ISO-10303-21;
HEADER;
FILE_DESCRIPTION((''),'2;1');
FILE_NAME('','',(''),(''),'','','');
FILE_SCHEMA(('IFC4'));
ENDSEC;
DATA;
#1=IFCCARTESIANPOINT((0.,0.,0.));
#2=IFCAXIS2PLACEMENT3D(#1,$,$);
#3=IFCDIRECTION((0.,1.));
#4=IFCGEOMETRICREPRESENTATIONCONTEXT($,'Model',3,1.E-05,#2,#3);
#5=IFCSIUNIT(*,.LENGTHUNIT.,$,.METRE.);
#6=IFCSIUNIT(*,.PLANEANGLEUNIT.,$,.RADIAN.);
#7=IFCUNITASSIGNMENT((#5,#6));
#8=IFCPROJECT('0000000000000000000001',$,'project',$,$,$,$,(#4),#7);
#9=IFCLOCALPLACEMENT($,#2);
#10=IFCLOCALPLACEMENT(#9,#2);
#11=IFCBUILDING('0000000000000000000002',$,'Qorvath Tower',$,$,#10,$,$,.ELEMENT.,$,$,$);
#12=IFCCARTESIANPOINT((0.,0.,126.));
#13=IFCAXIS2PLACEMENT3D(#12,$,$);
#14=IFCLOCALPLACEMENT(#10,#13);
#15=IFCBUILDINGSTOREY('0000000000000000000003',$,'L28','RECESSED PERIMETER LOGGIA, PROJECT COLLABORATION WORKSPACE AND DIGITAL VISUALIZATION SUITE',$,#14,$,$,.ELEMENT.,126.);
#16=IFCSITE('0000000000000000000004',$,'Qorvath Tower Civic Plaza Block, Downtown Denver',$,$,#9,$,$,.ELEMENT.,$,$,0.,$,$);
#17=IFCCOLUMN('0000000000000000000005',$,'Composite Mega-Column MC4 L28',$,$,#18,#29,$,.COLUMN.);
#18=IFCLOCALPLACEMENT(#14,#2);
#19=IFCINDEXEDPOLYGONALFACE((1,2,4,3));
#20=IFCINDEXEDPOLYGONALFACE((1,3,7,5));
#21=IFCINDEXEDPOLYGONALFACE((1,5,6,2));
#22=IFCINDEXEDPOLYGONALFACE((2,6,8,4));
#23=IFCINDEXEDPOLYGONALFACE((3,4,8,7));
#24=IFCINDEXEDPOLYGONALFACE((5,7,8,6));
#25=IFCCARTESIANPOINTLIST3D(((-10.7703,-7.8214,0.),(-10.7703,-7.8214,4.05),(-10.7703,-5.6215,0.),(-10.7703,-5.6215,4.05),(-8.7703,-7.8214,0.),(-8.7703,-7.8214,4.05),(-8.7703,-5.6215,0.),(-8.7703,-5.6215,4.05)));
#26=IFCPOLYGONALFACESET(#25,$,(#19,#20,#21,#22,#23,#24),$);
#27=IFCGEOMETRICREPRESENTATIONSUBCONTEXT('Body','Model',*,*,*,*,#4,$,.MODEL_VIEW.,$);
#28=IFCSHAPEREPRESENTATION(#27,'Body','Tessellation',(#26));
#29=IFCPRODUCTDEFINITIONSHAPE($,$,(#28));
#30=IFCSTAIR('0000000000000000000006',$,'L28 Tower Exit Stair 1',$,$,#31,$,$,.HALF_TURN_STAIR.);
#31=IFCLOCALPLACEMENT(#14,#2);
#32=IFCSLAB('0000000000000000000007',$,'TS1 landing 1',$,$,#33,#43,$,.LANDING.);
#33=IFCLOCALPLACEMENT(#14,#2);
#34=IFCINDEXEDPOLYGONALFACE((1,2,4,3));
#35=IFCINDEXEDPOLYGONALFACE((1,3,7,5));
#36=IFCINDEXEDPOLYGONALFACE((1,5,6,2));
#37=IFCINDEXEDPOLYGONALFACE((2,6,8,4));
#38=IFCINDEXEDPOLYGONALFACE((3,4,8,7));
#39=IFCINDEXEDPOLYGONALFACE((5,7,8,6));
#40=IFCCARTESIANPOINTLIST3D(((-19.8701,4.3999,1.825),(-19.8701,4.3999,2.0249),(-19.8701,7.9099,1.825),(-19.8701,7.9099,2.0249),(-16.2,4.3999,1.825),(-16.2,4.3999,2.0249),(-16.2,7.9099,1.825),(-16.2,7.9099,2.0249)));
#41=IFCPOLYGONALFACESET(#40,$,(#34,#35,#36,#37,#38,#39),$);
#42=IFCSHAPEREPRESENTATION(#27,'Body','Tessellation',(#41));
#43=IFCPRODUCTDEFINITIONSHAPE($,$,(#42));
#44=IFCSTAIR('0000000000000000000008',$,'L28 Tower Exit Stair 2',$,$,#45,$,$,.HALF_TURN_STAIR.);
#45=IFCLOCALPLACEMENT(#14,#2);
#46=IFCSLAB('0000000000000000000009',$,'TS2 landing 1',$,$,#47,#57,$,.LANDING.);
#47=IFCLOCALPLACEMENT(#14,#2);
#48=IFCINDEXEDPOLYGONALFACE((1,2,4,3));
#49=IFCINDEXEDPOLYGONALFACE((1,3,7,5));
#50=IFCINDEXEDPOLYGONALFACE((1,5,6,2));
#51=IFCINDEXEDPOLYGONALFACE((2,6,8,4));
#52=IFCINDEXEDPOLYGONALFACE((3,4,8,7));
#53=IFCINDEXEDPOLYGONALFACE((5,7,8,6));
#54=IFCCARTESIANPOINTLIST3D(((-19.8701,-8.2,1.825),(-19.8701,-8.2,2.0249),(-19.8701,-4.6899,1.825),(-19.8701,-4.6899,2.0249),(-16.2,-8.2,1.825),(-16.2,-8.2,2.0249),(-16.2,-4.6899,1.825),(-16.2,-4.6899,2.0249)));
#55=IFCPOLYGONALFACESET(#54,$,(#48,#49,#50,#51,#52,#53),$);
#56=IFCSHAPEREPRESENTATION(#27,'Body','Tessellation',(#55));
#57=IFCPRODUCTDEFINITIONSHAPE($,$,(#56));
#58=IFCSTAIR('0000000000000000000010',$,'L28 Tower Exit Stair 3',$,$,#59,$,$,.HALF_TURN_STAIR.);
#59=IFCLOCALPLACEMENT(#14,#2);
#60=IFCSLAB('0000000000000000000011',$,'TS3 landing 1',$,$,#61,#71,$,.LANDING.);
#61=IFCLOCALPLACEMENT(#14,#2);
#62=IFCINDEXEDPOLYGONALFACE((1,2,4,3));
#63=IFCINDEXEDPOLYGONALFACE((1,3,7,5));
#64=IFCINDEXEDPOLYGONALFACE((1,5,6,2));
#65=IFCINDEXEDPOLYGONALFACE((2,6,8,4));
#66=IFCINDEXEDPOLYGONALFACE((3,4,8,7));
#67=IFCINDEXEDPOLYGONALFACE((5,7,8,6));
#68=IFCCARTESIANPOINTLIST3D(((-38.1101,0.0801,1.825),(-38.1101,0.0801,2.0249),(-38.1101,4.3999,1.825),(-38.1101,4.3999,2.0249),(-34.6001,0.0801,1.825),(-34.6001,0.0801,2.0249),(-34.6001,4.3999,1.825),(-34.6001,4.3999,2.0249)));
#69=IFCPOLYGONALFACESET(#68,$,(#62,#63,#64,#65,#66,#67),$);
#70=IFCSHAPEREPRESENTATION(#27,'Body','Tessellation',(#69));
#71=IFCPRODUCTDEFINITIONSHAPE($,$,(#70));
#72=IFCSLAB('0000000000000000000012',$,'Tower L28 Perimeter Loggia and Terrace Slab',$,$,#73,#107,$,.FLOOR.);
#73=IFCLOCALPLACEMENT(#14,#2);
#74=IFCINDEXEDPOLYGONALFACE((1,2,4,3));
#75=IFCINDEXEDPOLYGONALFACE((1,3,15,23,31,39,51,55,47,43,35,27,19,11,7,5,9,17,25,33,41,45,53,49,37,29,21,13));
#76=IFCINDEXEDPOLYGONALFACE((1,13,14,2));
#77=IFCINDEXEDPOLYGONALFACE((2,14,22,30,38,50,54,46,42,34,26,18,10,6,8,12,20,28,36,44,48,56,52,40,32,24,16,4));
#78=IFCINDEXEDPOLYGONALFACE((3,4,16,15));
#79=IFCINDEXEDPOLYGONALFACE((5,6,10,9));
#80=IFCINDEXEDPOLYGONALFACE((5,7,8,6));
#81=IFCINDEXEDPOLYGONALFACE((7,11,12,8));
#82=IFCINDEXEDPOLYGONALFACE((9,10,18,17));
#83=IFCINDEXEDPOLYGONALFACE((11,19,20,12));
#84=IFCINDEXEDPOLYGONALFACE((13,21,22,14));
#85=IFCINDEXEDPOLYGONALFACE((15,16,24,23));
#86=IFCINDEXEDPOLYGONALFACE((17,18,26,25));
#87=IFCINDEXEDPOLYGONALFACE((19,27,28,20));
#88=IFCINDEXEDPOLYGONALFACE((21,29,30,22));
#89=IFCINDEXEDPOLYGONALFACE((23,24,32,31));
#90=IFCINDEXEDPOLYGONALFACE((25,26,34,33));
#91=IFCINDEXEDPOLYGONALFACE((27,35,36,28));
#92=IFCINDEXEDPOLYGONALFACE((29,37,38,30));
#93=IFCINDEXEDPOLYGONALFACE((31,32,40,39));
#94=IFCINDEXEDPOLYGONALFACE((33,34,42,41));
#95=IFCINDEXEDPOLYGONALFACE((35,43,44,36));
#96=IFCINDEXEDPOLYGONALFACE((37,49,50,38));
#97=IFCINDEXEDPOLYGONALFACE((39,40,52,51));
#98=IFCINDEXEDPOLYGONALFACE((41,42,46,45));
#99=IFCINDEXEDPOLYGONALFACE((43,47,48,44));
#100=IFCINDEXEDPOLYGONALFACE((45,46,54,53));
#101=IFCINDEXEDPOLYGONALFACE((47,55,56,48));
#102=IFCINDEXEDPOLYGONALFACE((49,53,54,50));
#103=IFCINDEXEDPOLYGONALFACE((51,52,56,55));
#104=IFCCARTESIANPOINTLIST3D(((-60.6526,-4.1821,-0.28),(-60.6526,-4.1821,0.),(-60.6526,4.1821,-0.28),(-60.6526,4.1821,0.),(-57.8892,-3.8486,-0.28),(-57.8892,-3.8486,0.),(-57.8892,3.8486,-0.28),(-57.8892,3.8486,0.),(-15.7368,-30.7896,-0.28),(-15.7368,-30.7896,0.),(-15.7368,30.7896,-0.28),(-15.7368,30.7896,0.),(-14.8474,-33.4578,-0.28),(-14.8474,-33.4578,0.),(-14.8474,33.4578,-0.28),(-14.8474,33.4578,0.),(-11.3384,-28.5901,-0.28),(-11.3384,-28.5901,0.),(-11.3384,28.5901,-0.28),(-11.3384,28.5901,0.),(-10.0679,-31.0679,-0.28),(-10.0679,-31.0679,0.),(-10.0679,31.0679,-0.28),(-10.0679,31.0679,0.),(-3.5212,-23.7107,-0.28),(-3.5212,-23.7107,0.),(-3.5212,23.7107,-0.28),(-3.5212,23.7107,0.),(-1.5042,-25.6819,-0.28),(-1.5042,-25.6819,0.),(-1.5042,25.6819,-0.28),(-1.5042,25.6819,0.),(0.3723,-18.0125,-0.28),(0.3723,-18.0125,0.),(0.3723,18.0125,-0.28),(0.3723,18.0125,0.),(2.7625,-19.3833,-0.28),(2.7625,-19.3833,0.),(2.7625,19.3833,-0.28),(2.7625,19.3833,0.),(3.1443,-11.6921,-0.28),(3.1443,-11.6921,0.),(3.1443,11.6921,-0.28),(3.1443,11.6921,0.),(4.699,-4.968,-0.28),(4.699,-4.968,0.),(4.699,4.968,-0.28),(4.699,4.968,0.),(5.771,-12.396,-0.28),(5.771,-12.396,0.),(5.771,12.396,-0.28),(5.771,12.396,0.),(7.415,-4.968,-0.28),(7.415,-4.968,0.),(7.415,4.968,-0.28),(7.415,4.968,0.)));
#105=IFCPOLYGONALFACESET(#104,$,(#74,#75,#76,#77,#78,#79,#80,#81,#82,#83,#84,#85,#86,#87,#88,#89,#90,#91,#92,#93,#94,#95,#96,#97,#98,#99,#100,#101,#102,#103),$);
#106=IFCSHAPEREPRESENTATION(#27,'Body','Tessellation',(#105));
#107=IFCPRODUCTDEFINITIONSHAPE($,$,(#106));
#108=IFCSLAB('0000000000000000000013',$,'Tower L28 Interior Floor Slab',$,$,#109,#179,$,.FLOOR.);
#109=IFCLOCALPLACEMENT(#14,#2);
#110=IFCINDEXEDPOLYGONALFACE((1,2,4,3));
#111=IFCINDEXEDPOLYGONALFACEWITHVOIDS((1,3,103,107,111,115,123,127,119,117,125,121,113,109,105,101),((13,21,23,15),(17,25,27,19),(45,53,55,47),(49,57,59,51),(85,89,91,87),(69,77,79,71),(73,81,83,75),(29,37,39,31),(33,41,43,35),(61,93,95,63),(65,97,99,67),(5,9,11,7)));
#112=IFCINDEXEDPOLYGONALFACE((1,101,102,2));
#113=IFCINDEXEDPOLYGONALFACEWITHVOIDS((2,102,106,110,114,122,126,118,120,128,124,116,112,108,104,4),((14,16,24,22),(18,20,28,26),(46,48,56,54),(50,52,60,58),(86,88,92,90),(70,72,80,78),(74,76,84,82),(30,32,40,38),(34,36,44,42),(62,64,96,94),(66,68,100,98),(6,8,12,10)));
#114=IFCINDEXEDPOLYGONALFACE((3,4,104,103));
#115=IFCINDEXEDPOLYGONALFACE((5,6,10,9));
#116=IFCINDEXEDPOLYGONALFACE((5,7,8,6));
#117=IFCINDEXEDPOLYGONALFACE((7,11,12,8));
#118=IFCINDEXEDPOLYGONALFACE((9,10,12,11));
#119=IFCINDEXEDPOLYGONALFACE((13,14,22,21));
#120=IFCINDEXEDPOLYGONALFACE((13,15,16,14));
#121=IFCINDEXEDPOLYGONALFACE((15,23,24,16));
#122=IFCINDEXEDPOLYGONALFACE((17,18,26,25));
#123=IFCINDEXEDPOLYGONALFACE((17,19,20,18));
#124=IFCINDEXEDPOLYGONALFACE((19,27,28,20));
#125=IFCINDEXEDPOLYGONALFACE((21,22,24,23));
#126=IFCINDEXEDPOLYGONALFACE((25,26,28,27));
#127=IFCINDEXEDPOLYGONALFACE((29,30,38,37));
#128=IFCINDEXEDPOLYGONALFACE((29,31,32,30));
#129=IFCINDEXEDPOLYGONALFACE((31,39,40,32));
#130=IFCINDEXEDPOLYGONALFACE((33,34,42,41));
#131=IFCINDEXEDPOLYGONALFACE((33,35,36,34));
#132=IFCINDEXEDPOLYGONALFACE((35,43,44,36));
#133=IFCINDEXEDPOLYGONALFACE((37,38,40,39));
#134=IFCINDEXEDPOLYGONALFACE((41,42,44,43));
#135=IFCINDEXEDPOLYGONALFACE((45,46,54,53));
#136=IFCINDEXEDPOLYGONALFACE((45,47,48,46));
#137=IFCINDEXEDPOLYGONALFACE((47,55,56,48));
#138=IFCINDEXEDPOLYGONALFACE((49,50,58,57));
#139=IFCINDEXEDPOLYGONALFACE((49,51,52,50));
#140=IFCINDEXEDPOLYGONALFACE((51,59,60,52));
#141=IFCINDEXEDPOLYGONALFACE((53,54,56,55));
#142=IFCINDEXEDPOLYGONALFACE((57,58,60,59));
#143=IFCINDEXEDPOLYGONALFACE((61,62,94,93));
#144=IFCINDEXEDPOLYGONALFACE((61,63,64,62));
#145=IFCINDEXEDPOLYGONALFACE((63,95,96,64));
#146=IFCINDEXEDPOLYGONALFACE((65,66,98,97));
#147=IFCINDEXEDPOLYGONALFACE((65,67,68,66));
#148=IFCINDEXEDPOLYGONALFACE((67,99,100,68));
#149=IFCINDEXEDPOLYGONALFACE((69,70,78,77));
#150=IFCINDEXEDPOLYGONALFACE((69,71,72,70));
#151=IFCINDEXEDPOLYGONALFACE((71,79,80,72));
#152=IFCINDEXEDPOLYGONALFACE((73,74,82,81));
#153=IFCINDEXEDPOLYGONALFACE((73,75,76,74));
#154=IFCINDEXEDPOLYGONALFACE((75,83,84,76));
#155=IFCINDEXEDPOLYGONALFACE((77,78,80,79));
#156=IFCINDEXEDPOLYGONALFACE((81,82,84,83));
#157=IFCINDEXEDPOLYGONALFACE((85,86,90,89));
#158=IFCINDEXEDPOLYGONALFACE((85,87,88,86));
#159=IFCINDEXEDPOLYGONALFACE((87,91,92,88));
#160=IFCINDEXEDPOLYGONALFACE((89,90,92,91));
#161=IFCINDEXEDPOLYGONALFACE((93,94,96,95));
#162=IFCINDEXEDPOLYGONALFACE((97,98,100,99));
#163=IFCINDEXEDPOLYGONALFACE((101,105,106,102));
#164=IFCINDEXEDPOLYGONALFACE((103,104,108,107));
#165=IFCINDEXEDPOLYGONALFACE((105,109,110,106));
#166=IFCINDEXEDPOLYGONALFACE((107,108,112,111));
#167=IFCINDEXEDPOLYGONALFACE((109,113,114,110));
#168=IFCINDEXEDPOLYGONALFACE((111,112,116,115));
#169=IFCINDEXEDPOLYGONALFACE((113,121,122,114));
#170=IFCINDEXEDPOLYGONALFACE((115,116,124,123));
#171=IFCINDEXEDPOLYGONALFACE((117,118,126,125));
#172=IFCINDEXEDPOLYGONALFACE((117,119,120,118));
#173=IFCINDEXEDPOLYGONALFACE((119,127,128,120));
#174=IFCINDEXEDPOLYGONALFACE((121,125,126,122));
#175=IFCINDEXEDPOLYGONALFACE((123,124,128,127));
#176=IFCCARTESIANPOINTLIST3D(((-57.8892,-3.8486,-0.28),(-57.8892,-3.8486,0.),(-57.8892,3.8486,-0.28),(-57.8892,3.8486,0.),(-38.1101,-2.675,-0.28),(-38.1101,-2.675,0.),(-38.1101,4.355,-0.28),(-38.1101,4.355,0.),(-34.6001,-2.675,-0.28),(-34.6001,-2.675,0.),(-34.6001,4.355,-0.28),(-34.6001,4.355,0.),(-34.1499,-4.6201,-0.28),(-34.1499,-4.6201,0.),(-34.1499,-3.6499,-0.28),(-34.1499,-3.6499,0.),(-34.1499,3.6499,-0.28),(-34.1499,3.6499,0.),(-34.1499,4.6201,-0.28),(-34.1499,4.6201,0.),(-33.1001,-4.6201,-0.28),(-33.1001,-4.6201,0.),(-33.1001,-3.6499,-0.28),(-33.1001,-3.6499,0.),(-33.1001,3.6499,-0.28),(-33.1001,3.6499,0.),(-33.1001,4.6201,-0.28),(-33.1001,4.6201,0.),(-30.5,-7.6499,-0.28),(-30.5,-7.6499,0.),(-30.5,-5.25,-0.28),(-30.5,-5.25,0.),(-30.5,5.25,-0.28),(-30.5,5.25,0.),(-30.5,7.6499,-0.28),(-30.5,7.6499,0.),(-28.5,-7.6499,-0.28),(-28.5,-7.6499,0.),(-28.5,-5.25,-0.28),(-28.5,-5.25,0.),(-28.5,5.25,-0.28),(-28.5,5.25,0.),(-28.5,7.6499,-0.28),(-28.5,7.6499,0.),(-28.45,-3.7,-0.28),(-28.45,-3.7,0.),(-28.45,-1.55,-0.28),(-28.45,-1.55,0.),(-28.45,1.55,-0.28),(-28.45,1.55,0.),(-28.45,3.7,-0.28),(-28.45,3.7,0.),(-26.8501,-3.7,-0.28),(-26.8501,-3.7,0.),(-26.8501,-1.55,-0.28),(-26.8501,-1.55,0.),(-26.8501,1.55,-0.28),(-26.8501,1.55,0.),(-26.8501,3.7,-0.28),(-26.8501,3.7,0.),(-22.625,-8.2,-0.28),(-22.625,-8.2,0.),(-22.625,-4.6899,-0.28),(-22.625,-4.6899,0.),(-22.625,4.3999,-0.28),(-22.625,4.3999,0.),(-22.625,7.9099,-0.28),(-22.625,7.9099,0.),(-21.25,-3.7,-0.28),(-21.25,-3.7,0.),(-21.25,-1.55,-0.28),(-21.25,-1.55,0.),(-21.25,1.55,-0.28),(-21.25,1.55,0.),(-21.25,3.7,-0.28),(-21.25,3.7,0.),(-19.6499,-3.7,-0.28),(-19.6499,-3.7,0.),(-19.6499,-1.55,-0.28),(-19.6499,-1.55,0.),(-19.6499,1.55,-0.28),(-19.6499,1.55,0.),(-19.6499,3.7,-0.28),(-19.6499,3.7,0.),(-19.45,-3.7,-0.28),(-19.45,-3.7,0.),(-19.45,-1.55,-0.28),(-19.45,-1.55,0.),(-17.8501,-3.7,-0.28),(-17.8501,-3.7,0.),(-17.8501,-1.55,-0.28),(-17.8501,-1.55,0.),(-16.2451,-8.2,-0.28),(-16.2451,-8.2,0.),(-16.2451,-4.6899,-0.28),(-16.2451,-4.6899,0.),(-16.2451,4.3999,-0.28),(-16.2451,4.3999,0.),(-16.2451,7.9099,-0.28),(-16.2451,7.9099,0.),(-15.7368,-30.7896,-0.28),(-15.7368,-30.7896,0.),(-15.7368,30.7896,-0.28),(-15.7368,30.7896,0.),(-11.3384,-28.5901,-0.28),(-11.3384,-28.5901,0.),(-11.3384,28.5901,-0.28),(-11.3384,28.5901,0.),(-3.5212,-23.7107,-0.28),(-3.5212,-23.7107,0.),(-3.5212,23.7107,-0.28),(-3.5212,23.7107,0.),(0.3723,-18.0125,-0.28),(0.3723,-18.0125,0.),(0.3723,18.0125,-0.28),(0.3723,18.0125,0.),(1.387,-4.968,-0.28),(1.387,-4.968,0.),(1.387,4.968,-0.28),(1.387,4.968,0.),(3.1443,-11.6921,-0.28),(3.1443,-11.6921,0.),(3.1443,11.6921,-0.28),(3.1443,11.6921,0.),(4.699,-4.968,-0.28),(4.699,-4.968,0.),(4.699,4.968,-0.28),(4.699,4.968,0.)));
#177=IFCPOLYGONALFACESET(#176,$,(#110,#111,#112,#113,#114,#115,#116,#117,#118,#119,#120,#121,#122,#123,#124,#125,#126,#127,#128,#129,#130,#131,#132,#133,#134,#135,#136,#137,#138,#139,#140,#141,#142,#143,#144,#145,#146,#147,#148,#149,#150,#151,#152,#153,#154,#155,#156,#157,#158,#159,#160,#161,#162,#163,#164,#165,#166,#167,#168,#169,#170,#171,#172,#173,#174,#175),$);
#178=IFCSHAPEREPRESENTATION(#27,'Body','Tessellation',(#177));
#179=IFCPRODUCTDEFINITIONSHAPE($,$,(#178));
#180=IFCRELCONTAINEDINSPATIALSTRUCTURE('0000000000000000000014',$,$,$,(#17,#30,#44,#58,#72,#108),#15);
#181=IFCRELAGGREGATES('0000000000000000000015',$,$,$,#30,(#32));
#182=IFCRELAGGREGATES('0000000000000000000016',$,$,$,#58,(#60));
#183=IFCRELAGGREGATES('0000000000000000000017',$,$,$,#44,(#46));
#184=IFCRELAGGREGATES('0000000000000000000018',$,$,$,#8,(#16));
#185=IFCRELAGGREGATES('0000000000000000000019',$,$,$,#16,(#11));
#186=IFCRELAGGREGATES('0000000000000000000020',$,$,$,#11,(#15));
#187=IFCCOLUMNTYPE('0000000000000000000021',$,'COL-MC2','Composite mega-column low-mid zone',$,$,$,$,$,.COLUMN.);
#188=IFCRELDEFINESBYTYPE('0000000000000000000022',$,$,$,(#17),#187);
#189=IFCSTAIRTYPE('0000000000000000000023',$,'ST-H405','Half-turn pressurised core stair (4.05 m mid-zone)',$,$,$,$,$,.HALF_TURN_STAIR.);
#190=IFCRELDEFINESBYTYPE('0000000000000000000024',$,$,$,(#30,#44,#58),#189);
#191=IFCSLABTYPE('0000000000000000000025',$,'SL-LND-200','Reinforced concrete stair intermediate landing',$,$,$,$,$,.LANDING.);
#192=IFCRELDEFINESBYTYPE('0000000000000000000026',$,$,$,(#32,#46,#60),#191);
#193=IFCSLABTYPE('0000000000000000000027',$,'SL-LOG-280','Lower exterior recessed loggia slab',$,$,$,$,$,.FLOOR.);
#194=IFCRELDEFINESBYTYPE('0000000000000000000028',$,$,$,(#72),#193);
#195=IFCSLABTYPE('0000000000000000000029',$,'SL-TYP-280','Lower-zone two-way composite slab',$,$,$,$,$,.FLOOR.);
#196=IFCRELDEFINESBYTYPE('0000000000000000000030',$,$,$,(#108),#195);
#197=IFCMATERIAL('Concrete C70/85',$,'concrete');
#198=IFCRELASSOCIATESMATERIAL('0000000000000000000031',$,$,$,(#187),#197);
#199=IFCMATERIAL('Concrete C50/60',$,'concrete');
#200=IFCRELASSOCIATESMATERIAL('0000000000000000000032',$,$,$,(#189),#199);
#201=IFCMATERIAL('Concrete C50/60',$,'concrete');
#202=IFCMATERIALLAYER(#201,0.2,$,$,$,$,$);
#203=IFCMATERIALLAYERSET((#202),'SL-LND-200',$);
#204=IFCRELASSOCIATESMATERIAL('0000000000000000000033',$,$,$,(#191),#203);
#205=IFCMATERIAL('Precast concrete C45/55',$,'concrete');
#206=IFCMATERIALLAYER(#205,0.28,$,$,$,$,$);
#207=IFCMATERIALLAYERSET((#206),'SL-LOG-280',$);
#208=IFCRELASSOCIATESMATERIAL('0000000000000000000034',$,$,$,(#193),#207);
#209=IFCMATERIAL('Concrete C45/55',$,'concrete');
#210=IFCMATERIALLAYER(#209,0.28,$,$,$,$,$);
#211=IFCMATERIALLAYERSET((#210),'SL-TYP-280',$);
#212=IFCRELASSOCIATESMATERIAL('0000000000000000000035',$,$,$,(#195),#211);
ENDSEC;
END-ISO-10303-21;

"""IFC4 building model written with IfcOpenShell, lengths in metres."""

from ifc_helpers import new_model, si_unit, direction, frame, origin, origin_2d, place, context, subcontext, project, spatial, polyline, rectangle, outline, extrude, material, layer, layer_set, material_profile, profile_set, type_object, element, aggregate, save


model = new_model("IFC4")

# Units and contexts
model_context = context("Model", 3, precision=1e-05, world=origin(), true_north=direction((0.0, 1.0)))
body_context = subcontext(model_context, "Body", "Model", "MODEL_VIEW")
ifc_project = project(units=[si_unit("LENGTHUNIT", "METRE"), si_unit("PLANEANGLEUNIT", "RADIAN")], contexts=[model_context])

# Site, building, storey
site_placement = place(None, origin())
site = spatial("IfcSite", under=ifc_project, at=site_placement, Name="Qorvath Tower Civic Plaza Block, Downtown Denver", CompositionType="ELEMENT", RefElevation=0.0)
building_placement = place(site_placement, origin())
building = spatial("IfcBuilding", under=site, at=building_placement, Name="Qorvath Tower", CompositionType="ELEMENT")
storey_placement = place(building_placement, frame((0.0, 0.0, 126.0)))
storey = spatial("IfcBuildingStorey", under=building, at=storey_placement, Name="L28", Description="RECESSED PERIMETER LOGGIA, PROJECT COLLABORATION WORKSPACE AND DIGITAL VISUALIZATION SUITE", CompositionType="ELEMENT", Elevation=126.0)

# Column
ifc_material_1 = material(Name="Concrete C70/85", Category="concrete")
ifc_material_profile = material_profile(ifc_material_1, rectangle(XDim=2.0, YDim=2.2, at=origin_2d()), Name="MC 2200x2000")
ifc_profile_set = profile_set([ifc_material_profile], Name="Concrete C70/85")
column_type = type_object("IfcColumnType", Name="COL-MC2", Description="Composite mega-column low-mid zone", PredefinedType="COLUMN", material=ifc_profile_set)
column_placement = place(storey_placement, frame((-9.7703, -6.7214, 0.0), z_axis=(0.0, 0.0, 1.0), x_axis=(1.0, 0.0, 0.0)))
element("IfcColumn", 1, at=column_placement, inside=storey, type_object=column_type, Name="Composite Mega-Column MC4 L28", PredefinedType="COLUMN", context=body_context, shape_type="SweptSolid", body=[
    extrude(rectangle(XDim=2.0, YDim=2.2, at=origin_2d()), origin(), (0.0, 0.0, 1.0), 4.05),
])

# Stairs, slabs
ifc_material_2 = material(Name="Concrete C50/60", Category="concrete")
stair_type = type_object("IfcStairType", Name="ST-H405", Description="Half-turn pressurised core stair (4.05 m mid-zone)", PredefinedType="HALF_TURN_STAIR", material=ifc_material_2)
stair_1_placement = place(storey_placement, origin())
stair_1 = element("IfcStair", 2, at=stair_1_placement, inside=storey, type_object=stair_type, Name="L28 Tower Exit Stair 1", PredefinedType="HALF_TURN_STAIR")
ifc_material_3 = material(Name="Concrete C50/60", Category="concrete")
ifc_layer_1 = layer(ifc_material_3, 0.2)
ifc_layer_set_1 = layer_set([ifc_layer_1], Name="SL-LND-200")
slab_type_1 = type_object("IfcSlabType", Name="SL-LND-200", Description="Reinforced concrete stair intermediate landing", PredefinedType="LANDING", material=ifc_layer_set_1)
slab_1_placement = place(storey_placement, frame((0.0, 0.0, 1.825)))
slab_1 = element("IfcSlab", 3, at=slab_1_placement, type_object=slab_type_1, Name="TS1 landing 1", PredefinedType="LANDING", context=body_context, shape_type="SweptSolid", body=[
    extrude(outline(polyline([(-19.8701, 4.3999), (-16.2, 4.3999), (-16.2, 7.9099), (-19.8701, 7.9099), (-19.8701, 4.3999)])), origin(), (0.0, 0.0, 1.0), 0.2),
])
aggregate(stair_1, [slab_1])
stair_2_placement = place(storey_placement, origin())
stair_2 = element("IfcStair", 4, at=stair_2_placement, inside=storey, type_object=stair_type, Name="L28 Tower Exit Stair 2", PredefinedType="HALF_TURN_STAIR")
slab_2_placement = place(storey_placement, frame((0.0, 0.0, 1.825)))
slab_2 = element("IfcSlab", 5, at=slab_2_placement, type_object=slab_type_1, Name="TS2 landing 1", PredefinedType="LANDING", context=body_context, shape_type="SweptSolid", body=[
    extrude(outline(polyline([(-19.8701, -8.2), (-16.2, -8.2), (-16.2, -4.6899), (-19.8701, -4.6899), (-19.8701, -8.2)])), origin(), (0.0, 0.0, 1.0), 0.2),
])
stair_3_placement = place(storey_placement, origin())
stair_3 = element("IfcStair", 6, at=stair_3_placement, inside=storey, type_object=stair_type, Name="L28 Tower Exit Stair 3", PredefinedType="HALF_TURN_STAIR")
slab_3_placement = place(storey_placement, frame((0.0, 0.0, 1.825)))
slab_3 = element("IfcSlab", 7, at=slab_3_placement, type_object=slab_type_1, Name="TS3 landing 1", PredefinedType="LANDING", context=body_context, shape_type="SweptSolid", body=[
    extrude(outline(polyline([(-34.6001, 0.0801), (-34.6001, 4.3999), (-38.1101, 4.3999), (-38.1101, 0.0801), (-34.6001, 0.0801)])), origin(), (0.0, 0.0, 1.0), 0.2),
])
aggregate(stair_3, [slab_3])

# Slabs
ifc_material_4 = material(Name="Precast concrete C45/55", Category="concrete")
ifc_layer_2 = layer(ifc_material_4, 0.28)
ifc_layer_set_2 = layer_set([ifc_layer_2], Name="SL-LOG-280")
slab_type_2 = type_object("IfcSlabType", Name="SL-LOG-280", Description="Lower exterior recessed loggia slab", PredefinedType="FLOOR", material=ifc_layer_set_2)
slab_4_placement = place(storey_placement, frame((0.0, 0.0, -0.28)))
element("IfcSlab", 8, at=slab_4_placement, inside=storey, type_object=slab_type_2, Name="Tower L28 Perimeter Loggia and Terrace Slab", PredefinedType="FLOOR", context=body_context, shape_type="SweptSolid", body=[
    extrude(outline(polyline([(4.699, -4.968), (3.1443, -11.6921), (0.3723, -18.0125), (-3.5212, -23.7107), (-11.3384, -28.5901), (-15.7368, -30.7896), (-57.8892, -3.8486), (-57.8892, 3.8486), (-15.7368, 30.7896), (-11.3384, 28.5901), (-3.5212, 23.7107), (0.3723, 18.0125), (3.1443, 11.6921), (4.699, 4.968), (7.415, 4.968), (5.771, 12.396), (2.7625, 19.3833), (-1.5042, 25.6819), (-10.0679, 31.0679), (-14.8474, 33.4578), (-60.6526, 4.1821), (-60.6526, -4.1821), (-14.8474, -33.4578), (-10.0679, -31.0679), (-1.5042, -25.6819), (2.7625, -19.3833), (5.771, -12.396), (7.415, -4.968), (4.699, -4.968)])), origin(), (0.0, 0.0, 1.0), 0.28),
])
ifc_material_5 = material(Name="Concrete C45/55", Category="concrete")
ifc_layer_3 = layer(ifc_material_5, 0.28)
ifc_layer_set_3 = layer_set([ifc_layer_3], Name="SL-TYP-280")
slab_type_3 = type_object("IfcSlabType", Name="SL-TYP-280", Description="Lower-zone two-way composite slab", PredefinedType="FLOOR", material=ifc_layer_set_3)
slab_5_placement = place(storey_placement, frame((0.0, 0.0, -0.28)))
element("IfcSlab", 9, at=slab_5_placement, inside=storey, type_object=slab_type_3, Name="Tower L28 Interior Floor Slab", PredefinedType="FLOOR", context=body_context, shape_type="SweptSolid", body=[
    extrude(outline(polyline([(-57.8892, 3.8486), (-57.8892, -3.8486), (-15.7368, -30.7896), (-11.3384, -28.5901), (-3.5212, -23.7107), (0.3723, -18.0125), (3.1443, -11.6921), (4.699, -4.968), (1.387, -4.968), (1.387, 4.968), (4.699, 4.968), (3.1443, 11.6921), (0.3723, 18.0125), (-3.5212, 23.7107), (-11.3384, 28.5901), (-15.7368, 30.7896), (-57.8892, 3.8486)]), holes=[polyline([(-16.2451, -8.2), (-22.625, -8.2), (-22.625, -4.6899), (-16.2451, -4.6899), (-16.2451, -8.2)]), polyline([(-22.625, 4.3999), (-22.625, 7.9099), (-16.2451, 7.9099), (-16.2451, 4.3999), (-22.625, 4.3999)]), polyline([(-17.8501, -3.7), (-19.45, -3.7), (-19.45, -1.55), (-17.8501, -1.55), (-17.8501, -3.7)]), polyline([(-21.25, -3.7), (-21.25, -1.55), (-19.6499, -1.55), (-19.6499, -3.7), (-21.25, -3.7)]), polyline([(-21.25, 1.55), (-21.25, 3.7), (-19.6499, 3.7), (-19.6499, 1.55), (-21.25, 1.55)]), polyline([(-28.45, -3.7), (-28.45, -1.55), (-26.8501, -1.55), (-26.8501, -3.7), (-28.45, -3.7)]), polyline([(-26.8501, 1.55), (-28.45, 1.55), (-28.45, 3.7), (-26.8501, 3.7), (-26.8501, 1.55)]), polyline([(-28.5, -7.6499), (-30.5, -7.6499), (-30.5, -5.25), (-28.5, -5.25), (-28.5, -7.6499)]), polyline([(-30.5, 5.25), (-30.5, 7.6499), (-28.5, 7.6499), (-28.5, 5.25), (-30.5, 5.25)]), polyline([(-34.1499, -4.6201), (-34.1499, -3.6499), (-33.1001, -3.6499), (-33.1001, -4.6201), (-34.1499, -4.6201)]), polyline([(-34.1499, 3.6499), (-34.1499, 4.6201), (-33.1001, 4.6201), (-33.1001, 3.6499), (-34.1499, 3.6499)]), polyline([(-34.6001, -2.675), (-38.1101, -2.675), (-38.1101, 4.355), (-34.6001, 4.355), (-34.6001, -2.675)])]), origin(), (0.0, 0.0, 1.0), 0.28),
])

aggregate(stair_2, [slab_2])

save(model, "model.ifc")
